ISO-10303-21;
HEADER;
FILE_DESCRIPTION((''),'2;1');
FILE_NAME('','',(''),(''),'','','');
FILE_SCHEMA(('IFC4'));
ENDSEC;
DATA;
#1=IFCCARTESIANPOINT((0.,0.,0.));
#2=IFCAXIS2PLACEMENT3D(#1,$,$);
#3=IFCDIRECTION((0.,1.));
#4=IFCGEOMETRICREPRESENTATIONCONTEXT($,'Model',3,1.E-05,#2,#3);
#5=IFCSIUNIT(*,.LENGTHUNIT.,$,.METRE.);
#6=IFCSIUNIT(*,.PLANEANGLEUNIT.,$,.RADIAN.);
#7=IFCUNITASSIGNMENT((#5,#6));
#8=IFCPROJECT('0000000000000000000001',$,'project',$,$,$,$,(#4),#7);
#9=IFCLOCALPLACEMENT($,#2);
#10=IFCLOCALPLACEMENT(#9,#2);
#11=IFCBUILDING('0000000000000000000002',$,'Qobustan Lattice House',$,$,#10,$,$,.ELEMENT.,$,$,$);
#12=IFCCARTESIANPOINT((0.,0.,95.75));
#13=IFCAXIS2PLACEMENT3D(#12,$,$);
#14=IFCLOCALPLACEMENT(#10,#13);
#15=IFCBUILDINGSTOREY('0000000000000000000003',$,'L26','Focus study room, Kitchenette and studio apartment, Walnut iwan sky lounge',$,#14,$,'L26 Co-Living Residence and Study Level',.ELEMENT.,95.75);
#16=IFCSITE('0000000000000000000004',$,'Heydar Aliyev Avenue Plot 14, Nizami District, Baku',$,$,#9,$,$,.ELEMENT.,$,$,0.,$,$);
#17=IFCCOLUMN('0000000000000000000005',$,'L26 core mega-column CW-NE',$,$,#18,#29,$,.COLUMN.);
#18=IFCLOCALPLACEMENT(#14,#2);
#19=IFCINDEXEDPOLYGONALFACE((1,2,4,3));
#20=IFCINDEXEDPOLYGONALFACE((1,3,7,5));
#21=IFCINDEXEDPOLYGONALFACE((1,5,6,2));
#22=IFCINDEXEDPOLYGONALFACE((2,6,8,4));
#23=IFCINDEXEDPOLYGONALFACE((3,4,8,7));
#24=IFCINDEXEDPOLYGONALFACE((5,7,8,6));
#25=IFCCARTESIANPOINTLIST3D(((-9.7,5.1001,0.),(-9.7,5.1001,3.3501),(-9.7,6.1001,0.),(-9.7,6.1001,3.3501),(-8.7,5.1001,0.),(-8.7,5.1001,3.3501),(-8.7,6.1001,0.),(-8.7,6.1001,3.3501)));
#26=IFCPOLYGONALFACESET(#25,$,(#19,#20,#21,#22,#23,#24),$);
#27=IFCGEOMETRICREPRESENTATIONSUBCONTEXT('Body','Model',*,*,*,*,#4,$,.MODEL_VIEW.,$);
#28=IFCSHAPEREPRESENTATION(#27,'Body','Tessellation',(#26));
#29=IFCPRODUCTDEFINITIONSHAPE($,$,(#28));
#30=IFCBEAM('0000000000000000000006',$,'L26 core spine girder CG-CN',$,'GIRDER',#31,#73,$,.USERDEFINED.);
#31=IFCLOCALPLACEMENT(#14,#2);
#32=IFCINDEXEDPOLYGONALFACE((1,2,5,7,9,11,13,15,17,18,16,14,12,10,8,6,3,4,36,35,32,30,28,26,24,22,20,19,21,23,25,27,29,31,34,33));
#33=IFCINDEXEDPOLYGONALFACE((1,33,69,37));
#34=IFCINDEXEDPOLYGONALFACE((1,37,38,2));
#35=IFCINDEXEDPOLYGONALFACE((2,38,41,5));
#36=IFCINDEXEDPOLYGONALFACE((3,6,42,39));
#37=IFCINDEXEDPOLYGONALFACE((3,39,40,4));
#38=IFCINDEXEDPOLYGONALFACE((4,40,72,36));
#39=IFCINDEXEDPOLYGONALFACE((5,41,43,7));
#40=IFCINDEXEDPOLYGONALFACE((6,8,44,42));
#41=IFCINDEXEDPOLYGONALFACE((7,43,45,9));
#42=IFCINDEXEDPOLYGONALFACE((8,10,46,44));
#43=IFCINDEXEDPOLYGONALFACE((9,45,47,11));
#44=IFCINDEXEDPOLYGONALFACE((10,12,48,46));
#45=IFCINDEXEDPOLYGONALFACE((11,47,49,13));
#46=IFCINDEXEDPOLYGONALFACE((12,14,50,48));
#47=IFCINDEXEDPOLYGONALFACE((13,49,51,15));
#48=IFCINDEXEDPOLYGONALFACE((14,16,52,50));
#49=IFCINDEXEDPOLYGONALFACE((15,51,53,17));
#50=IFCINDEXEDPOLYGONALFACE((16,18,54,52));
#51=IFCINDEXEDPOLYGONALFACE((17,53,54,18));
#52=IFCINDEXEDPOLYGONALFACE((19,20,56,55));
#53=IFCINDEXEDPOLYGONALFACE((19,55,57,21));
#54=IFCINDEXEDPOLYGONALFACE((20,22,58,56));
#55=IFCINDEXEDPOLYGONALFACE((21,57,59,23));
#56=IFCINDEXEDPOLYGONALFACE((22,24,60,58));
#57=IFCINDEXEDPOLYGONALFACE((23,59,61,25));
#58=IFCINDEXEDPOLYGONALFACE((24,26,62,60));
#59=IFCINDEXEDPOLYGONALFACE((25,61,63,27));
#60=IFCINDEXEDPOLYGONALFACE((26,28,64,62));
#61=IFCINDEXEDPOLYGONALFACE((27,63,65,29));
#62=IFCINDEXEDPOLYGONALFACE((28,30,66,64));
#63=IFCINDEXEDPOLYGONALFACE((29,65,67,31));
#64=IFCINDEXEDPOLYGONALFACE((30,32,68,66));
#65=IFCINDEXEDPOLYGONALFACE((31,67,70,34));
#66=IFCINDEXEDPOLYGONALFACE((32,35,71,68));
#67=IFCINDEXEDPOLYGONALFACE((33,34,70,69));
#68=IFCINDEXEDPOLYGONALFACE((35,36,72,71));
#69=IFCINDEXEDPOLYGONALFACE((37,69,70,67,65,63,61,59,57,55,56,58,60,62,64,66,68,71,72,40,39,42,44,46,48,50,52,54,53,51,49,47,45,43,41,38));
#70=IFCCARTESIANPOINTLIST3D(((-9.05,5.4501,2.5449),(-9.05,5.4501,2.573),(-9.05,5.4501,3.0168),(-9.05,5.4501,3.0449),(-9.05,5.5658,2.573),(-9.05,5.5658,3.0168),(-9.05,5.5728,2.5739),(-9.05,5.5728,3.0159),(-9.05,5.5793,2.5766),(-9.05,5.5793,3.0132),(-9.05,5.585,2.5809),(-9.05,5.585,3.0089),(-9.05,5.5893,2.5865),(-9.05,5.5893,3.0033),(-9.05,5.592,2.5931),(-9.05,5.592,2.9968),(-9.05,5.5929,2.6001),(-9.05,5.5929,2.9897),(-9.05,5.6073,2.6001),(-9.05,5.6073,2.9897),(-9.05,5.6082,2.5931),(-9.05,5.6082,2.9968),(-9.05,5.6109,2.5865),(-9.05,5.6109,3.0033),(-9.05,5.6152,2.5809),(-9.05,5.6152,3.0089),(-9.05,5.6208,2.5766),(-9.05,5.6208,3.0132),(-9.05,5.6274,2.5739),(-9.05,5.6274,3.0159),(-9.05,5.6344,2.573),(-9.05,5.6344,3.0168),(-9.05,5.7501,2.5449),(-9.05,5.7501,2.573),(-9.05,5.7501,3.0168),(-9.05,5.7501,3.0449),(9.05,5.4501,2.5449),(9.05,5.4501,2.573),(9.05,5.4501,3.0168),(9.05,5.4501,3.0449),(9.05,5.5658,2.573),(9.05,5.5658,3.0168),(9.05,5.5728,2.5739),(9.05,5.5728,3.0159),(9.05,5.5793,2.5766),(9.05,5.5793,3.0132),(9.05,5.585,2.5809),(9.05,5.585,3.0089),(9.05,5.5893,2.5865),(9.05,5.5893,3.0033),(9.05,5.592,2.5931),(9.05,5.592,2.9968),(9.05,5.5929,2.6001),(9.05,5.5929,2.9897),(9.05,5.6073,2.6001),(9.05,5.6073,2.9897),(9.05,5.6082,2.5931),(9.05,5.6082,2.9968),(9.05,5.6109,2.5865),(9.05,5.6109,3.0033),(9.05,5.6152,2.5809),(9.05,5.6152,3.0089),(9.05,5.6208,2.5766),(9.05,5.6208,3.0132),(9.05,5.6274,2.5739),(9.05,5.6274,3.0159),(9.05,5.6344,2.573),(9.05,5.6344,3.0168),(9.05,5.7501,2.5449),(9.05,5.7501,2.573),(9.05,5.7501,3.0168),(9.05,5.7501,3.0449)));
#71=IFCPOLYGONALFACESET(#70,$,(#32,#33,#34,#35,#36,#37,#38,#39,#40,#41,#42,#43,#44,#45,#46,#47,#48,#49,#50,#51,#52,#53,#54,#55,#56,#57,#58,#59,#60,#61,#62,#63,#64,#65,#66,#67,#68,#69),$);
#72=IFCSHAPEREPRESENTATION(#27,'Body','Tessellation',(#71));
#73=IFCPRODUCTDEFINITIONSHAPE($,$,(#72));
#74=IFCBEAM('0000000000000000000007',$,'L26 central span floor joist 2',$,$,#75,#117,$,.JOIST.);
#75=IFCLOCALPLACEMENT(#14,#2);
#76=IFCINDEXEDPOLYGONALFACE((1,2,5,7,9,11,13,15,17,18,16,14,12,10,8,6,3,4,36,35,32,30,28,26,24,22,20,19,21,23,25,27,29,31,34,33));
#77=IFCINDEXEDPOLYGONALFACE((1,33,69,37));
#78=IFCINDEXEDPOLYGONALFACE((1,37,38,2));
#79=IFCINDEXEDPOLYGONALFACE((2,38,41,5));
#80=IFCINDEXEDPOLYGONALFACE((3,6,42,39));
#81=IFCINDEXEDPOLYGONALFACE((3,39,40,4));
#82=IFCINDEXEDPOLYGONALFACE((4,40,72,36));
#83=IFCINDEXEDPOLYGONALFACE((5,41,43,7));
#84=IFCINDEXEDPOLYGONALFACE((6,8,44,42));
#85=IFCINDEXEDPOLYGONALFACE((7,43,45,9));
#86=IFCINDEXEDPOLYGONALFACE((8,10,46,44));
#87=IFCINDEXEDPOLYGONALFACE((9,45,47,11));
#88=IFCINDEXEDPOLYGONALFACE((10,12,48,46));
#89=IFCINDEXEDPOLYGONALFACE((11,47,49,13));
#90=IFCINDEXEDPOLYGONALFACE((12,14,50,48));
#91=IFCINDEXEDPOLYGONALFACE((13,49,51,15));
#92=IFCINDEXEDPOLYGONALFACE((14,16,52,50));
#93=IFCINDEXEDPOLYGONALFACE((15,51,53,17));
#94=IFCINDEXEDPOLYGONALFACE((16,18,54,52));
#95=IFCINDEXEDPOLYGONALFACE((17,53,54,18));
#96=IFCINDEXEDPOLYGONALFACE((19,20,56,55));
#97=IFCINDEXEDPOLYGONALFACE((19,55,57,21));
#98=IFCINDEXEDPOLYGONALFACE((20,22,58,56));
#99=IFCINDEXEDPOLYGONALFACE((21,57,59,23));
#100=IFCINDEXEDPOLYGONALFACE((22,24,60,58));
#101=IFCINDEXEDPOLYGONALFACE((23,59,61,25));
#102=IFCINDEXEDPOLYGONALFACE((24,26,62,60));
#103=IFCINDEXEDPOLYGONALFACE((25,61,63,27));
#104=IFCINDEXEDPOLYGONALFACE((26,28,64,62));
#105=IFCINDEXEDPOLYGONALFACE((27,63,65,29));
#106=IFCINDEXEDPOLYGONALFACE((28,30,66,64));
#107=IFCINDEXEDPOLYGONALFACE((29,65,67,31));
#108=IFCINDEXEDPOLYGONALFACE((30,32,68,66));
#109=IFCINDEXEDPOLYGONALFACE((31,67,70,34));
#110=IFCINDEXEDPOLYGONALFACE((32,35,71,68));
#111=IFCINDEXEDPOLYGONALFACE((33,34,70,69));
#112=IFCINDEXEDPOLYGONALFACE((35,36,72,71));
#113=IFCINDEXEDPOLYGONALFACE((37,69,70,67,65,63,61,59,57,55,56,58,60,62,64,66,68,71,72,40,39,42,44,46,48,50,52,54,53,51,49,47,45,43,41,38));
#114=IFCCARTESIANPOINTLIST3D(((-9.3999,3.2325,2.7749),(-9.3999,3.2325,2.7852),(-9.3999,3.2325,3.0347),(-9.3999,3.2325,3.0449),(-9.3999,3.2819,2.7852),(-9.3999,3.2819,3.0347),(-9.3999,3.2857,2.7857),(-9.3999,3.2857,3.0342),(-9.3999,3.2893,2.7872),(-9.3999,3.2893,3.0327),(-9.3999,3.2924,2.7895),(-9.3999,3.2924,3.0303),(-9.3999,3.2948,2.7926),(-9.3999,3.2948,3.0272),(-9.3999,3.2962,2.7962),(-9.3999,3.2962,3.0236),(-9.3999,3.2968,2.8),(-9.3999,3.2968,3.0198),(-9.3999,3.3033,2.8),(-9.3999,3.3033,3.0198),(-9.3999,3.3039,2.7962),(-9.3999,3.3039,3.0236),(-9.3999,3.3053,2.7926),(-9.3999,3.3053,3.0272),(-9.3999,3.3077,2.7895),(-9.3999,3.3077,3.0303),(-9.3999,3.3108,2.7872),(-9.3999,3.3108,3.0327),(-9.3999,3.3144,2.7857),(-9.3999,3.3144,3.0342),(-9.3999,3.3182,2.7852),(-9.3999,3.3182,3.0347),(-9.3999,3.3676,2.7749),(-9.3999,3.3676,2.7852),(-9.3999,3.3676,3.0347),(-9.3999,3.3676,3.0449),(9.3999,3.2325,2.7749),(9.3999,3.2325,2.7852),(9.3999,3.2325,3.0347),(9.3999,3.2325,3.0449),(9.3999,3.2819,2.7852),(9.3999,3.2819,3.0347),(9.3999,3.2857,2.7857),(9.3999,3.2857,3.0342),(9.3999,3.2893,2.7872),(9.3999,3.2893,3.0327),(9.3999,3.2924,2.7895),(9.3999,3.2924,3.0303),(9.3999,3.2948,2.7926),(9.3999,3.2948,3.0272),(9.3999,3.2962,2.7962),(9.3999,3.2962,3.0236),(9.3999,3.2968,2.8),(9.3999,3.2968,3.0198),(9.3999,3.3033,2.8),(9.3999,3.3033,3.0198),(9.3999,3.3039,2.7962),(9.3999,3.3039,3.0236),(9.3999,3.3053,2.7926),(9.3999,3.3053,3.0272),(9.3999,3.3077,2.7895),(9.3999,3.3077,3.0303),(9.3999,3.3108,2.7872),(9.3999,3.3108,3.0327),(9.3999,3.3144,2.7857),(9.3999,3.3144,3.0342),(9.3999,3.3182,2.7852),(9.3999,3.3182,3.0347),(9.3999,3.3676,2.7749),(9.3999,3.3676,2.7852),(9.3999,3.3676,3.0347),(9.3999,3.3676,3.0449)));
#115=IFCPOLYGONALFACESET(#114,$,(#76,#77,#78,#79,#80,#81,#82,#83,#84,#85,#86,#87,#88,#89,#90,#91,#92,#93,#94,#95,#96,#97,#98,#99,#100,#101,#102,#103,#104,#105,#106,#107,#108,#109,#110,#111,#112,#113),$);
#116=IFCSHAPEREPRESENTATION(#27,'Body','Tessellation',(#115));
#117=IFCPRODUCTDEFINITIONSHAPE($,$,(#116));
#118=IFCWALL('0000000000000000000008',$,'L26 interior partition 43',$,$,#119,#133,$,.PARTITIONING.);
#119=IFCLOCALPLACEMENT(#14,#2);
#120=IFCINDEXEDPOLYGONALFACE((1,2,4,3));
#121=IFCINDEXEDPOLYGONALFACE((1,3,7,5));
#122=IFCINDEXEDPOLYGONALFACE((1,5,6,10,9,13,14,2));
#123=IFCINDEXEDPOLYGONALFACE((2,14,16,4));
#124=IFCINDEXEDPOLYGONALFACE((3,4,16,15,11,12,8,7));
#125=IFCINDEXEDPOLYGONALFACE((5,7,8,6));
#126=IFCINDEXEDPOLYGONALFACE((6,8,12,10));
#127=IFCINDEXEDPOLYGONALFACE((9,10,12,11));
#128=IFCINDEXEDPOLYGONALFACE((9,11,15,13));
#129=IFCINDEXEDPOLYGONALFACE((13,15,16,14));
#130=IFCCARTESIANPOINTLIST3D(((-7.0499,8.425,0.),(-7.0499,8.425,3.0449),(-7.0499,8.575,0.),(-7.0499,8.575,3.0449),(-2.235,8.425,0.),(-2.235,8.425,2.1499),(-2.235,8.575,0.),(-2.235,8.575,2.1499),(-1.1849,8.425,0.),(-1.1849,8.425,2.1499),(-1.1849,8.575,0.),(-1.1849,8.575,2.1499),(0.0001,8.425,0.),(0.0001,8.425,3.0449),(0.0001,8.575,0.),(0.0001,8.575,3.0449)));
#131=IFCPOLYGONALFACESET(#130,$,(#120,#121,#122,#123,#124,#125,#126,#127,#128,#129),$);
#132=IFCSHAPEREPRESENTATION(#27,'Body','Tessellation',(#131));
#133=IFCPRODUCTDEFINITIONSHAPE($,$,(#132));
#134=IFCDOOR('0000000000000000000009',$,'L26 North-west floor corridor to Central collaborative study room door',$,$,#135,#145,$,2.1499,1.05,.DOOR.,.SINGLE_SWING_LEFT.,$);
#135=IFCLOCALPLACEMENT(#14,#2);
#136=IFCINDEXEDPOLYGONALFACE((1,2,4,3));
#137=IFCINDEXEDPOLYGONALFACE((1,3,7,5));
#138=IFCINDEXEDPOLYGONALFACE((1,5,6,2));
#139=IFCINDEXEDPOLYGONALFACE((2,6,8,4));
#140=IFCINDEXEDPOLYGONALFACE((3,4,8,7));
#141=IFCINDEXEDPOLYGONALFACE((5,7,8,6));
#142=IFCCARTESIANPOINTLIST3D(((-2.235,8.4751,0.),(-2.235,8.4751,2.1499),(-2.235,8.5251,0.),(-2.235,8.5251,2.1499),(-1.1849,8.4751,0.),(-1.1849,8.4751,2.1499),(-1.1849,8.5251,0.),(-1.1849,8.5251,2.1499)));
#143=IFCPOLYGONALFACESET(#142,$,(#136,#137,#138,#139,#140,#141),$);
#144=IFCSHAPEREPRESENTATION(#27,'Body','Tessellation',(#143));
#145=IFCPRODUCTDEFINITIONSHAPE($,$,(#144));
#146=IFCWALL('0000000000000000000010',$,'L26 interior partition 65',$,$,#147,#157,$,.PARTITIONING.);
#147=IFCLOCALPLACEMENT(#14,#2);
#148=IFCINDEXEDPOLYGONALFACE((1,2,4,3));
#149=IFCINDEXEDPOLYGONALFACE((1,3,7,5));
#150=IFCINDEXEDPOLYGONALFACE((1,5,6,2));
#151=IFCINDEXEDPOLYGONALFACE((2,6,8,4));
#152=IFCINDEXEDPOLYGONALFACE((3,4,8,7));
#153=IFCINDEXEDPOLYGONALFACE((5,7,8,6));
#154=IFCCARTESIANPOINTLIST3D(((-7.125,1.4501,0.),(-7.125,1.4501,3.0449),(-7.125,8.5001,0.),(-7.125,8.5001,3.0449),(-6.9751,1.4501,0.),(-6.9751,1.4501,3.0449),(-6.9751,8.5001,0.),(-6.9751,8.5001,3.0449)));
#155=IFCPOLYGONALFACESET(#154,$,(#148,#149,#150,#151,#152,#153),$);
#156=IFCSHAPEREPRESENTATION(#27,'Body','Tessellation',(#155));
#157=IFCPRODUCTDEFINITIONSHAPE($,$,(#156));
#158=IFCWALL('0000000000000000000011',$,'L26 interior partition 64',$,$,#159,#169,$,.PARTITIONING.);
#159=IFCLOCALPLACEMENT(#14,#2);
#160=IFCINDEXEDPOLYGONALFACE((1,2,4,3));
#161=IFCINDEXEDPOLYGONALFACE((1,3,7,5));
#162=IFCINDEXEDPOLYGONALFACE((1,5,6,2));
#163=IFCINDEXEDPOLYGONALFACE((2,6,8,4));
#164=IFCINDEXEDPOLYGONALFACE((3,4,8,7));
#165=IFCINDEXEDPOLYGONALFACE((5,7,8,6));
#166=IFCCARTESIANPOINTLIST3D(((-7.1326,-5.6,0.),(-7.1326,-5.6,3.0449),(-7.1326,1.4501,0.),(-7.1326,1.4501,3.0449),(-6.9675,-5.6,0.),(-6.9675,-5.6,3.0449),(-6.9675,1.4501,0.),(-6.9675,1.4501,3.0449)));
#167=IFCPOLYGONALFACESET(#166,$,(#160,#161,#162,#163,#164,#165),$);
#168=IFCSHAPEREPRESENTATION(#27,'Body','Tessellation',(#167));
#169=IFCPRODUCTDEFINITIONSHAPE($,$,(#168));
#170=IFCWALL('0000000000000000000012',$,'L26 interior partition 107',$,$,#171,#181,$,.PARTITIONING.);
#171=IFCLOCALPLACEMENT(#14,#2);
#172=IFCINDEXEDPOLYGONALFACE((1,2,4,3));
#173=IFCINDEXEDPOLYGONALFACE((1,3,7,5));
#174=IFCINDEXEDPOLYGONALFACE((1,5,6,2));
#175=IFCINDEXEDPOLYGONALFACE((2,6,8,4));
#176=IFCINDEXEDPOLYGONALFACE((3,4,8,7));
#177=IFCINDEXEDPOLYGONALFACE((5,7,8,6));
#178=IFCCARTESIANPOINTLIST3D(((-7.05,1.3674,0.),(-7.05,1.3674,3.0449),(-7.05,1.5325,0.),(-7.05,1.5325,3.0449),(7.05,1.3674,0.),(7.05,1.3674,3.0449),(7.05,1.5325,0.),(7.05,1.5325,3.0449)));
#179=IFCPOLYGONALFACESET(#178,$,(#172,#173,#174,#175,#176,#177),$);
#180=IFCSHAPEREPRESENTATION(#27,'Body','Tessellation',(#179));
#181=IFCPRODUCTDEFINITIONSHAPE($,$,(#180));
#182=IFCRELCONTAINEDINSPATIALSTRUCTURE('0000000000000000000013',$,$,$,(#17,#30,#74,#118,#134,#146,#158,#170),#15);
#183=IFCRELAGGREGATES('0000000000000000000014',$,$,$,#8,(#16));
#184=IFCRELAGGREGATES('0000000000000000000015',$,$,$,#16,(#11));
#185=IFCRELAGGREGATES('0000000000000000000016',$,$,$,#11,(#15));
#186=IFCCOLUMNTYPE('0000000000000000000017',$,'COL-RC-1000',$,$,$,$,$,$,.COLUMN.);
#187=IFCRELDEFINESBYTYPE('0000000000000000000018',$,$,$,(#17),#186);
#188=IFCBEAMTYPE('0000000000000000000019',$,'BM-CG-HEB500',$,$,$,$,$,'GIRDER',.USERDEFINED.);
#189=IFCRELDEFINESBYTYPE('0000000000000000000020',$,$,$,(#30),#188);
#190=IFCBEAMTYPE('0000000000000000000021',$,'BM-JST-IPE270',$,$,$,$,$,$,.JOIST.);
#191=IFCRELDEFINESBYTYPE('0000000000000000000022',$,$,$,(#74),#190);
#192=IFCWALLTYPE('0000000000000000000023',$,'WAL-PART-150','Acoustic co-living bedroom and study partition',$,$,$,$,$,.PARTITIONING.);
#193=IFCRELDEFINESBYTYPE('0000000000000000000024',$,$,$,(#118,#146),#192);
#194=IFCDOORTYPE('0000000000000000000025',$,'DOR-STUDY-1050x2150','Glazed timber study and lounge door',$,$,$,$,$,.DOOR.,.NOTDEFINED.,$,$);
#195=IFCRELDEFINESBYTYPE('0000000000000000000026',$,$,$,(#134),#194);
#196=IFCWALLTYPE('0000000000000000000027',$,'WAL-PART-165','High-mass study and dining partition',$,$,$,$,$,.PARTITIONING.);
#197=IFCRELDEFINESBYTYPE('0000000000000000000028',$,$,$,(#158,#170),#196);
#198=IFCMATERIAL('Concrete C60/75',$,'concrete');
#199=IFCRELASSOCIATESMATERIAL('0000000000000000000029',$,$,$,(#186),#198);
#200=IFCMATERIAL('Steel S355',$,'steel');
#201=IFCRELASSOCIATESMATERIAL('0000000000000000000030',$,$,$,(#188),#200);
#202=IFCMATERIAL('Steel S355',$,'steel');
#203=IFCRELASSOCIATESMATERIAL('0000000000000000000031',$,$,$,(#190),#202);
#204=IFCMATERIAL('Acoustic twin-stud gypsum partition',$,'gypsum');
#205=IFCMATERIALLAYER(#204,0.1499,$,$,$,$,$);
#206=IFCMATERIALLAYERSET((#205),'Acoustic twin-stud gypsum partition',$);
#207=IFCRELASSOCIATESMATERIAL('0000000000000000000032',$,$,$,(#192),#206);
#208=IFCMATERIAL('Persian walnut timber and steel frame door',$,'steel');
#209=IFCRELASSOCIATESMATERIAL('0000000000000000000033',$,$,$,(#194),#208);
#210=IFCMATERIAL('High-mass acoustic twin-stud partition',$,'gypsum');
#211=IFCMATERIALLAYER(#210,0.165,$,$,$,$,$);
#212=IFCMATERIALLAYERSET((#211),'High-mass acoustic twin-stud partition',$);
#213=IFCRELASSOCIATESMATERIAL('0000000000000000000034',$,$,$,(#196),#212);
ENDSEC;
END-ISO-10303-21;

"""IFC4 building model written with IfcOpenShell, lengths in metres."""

from ifc_helpers import new_model, si_unit, direction, frame, frame_2d, origin, origin_2d, place, context, subcontext, project, spatial, rectangle, i_section, extrude, material, layer, layer_set, material_profile, profile_set, type_object, element, fill, save


model = new_model("IFC4")

# Units and contexts
model_context = context("Model", 3, precision=1e-05, world=origin(), true_north=direction((0.0, 1.0)))
body_context = subcontext(model_context, "Body", "Model", "MODEL_VIEW")
ifc_project = project(units=[si_unit("LENGTHUNIT", "METRE"), si_unit("PLANEANGLEUNIT", "RADIAN")], contexts=[model_context])

# Site, building, storey
site_placement = place(None, origin())
site = spatial("IfcSite", under=ifc_project, at=site_placement, Name="Heydar Aliyev Avenue Plot 14, Nizami District, Baku", CompositionType="ELEMENT", RefElevation=0.0)
building_placement = place(site_placement, origin())
building = spatial("IfcBuilding", under=site, at=building_placement, Name="Qobustan Lattice House", CompositionType="ELEMENT")
storey_placement = place(building_placement, frame((0.0, 0.0, 95.75)))
storey = spatial("IfcBuildingStorey", under=building, at=storey_placement, Name="L26", Description="Focus study room, Kitchenette and studio apartment, Walnut iwan sky lounge", LongName="L26 Co-Living Residence and Study Level", CompositionType="ELEMENT", Elevation=95.75)

# Column
ifc_material_1 = material(Name="Concrete C60/75", Category="concrete")
ifc_material_profile_1 = material_profile(ifc_material_1, rectangle(XDim=1.0, YDim=1.0, at=origin_2d()), Name="RC1000x1000")
ifc_profile_set_1 = profile_set([ifc_material_profile_1], Name="Concrete C60/75")
column_type = type_object("IfcColumnType", Name="COL-RC-1000", PredefinedType="COLUMN", material=ifc_profile_set_1)
column_placement = place(storey_placement, frame((-9.2, 5.6001, 0.0), z_axis=(0.0, 0.0, 1.0), x_axis=(1.0, 0.0, 0.0)))
element("IfcColumn", 1, at=column_placement, inside=storey, type_object=column_type, Name="L26 core mega-column CW-NE", PredefinedType="COLUMN", context=body_context, shape_type="SweptSolid", body=[
    extrude(rectangle(XDim=1.0, YDim=1.0, at=origin_2d()), origin(), (0.0, 0.0, 1.0), 3.3501),
])

# Beams
ifc_material_2 = material(Name="Steel S355", Category="steel")
ifc_material_profile_2 = material_profile(ifc_material_2, i_section(OverallWidth=0.3, OverallDepth=0.5, WebThickness=0.0144, FlangeThickness=0.0281, FilletRadius=0.0271, at=origin_2d()), Name="HEB500")
ifc_profile_set_2 = profile_set([ifc_material_profile_2], Name="Steel S355")
beam_type_1 = type_object("IfcBeamType", Name="BM-CG-HEB500", ElementType="GIRDER", PredefinedType="USERDEFINED", material=ifc_profile_set_2)
beam_1_placement = place(storey_placement, frame((-9.05, 5.6001, 2.7949), z_axis=(1.0, 0.0, 0.0), x_axis=(0.0, 1.0, 0.0)))
element("IfcBeam", 2, at=beam_1_placement, inside=storey, type_object=beam_type_1, Name="L26 core spine girder CG-CN", ObjectType="GIRDER", PredefinedType="USERDEFINED", context=body_context, shape_type="SweptSolid", body=[
    extrude(i_section(OverallWidth=0.3, OverallDepth=0.5, WebThickness=0.0144, FlangeThickness=0.0281, FilletRadius=0.0271, at=origin_2d()), origin(), (0.0, 0.0, 1.0), 18.1001),
])
ifc_material_3 = material(Name="Steel S355", Category="steel")
ifc_material_profile_3 = material_profile(ifc_material_3, i_section(OverallWidth=0.135, OverallDepth=0.27, WebThickness=0.0066, FlangeThickness=0.0103, FilletRadius=0.0149, at=origin_2d()), Name="IPE270")
ifc_profile_set_3 = profile_set([ifc_material_profile_3], Name="Steel S355")
beam_type_2 = type_object("IfcBeamType", Name="BM-JST-IPE270", PredefinedType="JOIST", material=ifc_profile_set_3)
beam_2_placement = place(storey_placement, frame((-9.3999, 3.3, 2.9099), z_axis=(1.0, 0.0, 0.0), x_axis=(0.0, 1.0, 0.0)))
element("IfcBeam", 3, at=beam_2_placement, inside=storey, type_object=beam_type_2, Name="L26 central span floor joist 2", PredefinedType="JOIST", context=body_context, shape_type="SweptSolid", body=[
    extrude(i_section(OverallWidth=0.135, OverallDepth=0.27, WebThickness=0.0066, FlangeThickness=0.0103, FilletRadius=0.0149, at=origin_2d()), origin(), (0.0, 0.0, 1.0), 18.7998),
])

# Wall, opening, door
ifc_material_4 = material(Name="Acoustic twin-stud gypsum partition", Category="gypsum")
ifc_layer_1 = layer(ifc_material_4, 0.1499)
ifc_layer_set_1 = layer_set([ifc_layer_1], Name="Acoustic twin-stud gypsum partition")
wall_type_1 = type_object("IfcWallType", Name="WAL-PART-150", Description="Acoustic co-living bedroom and study partition", PredefinedType="PARTITIONING", material=ifc_layer_set_1)
wall_1_placement = place(storey_placement, frame((0.0, 8.5, 0.0), z_axis=(0.0, 0.0, 1.0), x_axis=(-1.0, 0.0, 0.0)))
wall_1 = element("IfcWall", 4, at=wall_1_placement, inside=storey, type_object=wall_type_1, Name="L26 interior partition 43", PredefinedType="PARTITIONING", context=body_context, shape_type="SweptSolid", body=[
    extrude(rectangle(XDim=7.05, YDim=0.1499, at=frame_2d((3.5249, 0.0))), origin(), (0.0, 0.0, 1.0), 3.0449),
])
opening_1_placement = place(wall_1_placement, frame((1.1851, 0.0, 0.0)))
opening_1 = element("IfcOpeningElement", 5, at=opening_1_placement, cuts=wall_1, PredefinedType="OPENING", context=body_context, shape_type="SweptSolid", body=[
    extrude(rectangle(XDim=1.05, YDim=2.1499, at=frame_2d((0.5249, 1.075))), frame((0.0, 0.085, 0.0), z_axis=(0.0, -1.0, 0.0), x_axis=(1.0, 0.0, 0.0)), (0.0, 0.0, 1.0), 0.1699),
])
ifc_material_5 = material(Name="Persian walnut timber and steel frame door", Category="steel")
door_type_1 = type_object("IfcDoorType", Name="DOR-STUDY-1050x2150", Description="Glazed timber study and lounge door", OperationType="NOTDEFINED", PredefinedType="DOOR", material=ifc_material_5)
door_1_placement = place(opening_1_placement, origin())
door_1 = element("IfcDoor", 6, at=door_1_placement, inside=storey, type_object=door_type_1, Name="L26 North-west floor corridor to Central collaborative study room door", OperationType="SINGLE_SWING_LEFT", OverallHeight=2.1499, OverallWidth=1.05, PredefinedType="DOOR", context=body_context, shape_type="SweptSolid", body=[
    extrude(rectangle(XDim=1.05, YDim=2.1499, at=frame_2d((0.5249, 1.075))), frame((0.0, 0.0249, 0.0), z_axis=(0.0, -1.0, 0.0), x_axis=(1.0, 0.0, 0.0)), (0.0, 0.0, 1.0), 0.05),
])
fill(opening_1, door_1)

# Walls
wall_2_placement = place(storey_placement, frame((-7.05, 8.5, 0.0), z_axis=(0.0, 0.0, 1.0), x_axis=(0.0, -1.0, 0.0)))
element("IfcWall", 7, at=wall_2_placement, inside=storey, type_object=wall_type_1, Name="L26 interior partition 65", PredefinedType="PARTITIONING", context=body_context, shape_type="SweptSolid", body=[
    extrude(rectangle(XDim=7.05, YDim=0.1499, at=frame_2d((3.5249, 0.0))), origin(), (0.0, 0.0, 1.0), 3.0449),
])
ifc_material_6 = material(Name="High-mass acoustic twin-stud partition", Category="gypsum")
ifc_layer_2 = layer(ifc_material_6, 0.165)
ifc_layer_set_2 = layer_set([ifc_layer_2], Name="High-mass acoustic twin-stud partition")
wall_type_2 = type_object("IfcWallType", Name="WAL-PART-165", Description="High-mass study and dining partition", PredefinedType="PARTITIONING", material=ifc_layer_set_2)
wall_3_placement = place(storey_placement, frame((-7.05, 1.45, 0.0), z_axis=(0.0, 0.0, 1.0), x_axis=(0.0, -1.0, 0.0)))
element("IfcWall", 8, at=wall_3_placement, inside=storey, type_object=wall_type_2, Name="L26 interior partition 64", PredefinedType="PARTITIONING", context=body_context, shape_type="SweptSolid", body=[
    extrude(rectangle(XDim=7.05, YDim=0.165, at=frame_2d((3.5249, 0.0))), origin(), (0.0, 0.0, 1.0), 3.0449),
])
wall_4_placement = place(storey_placement, frame((-7.05, 1.45, 0.0), z_axis=(0.0, 0.0, 1.0), x_axis=(1.0, 0.0, 0.0)))
element("IfcWall", 9, at=wall_4_placement, inside=storey, type_object=wall_type_2, Name="L26 interior partition 107", PredefinedType="PARTITIONING", context=body_context, shape_type="SweptSolid", body=[
    extrude(rectangle(XDim=14.1001, YDim=0.165, at=frame_2d((7.05, 0.0))), origin(), (0.0, 0.0, 1.0), 3.0449),
])

save(model, "model.ifc")
